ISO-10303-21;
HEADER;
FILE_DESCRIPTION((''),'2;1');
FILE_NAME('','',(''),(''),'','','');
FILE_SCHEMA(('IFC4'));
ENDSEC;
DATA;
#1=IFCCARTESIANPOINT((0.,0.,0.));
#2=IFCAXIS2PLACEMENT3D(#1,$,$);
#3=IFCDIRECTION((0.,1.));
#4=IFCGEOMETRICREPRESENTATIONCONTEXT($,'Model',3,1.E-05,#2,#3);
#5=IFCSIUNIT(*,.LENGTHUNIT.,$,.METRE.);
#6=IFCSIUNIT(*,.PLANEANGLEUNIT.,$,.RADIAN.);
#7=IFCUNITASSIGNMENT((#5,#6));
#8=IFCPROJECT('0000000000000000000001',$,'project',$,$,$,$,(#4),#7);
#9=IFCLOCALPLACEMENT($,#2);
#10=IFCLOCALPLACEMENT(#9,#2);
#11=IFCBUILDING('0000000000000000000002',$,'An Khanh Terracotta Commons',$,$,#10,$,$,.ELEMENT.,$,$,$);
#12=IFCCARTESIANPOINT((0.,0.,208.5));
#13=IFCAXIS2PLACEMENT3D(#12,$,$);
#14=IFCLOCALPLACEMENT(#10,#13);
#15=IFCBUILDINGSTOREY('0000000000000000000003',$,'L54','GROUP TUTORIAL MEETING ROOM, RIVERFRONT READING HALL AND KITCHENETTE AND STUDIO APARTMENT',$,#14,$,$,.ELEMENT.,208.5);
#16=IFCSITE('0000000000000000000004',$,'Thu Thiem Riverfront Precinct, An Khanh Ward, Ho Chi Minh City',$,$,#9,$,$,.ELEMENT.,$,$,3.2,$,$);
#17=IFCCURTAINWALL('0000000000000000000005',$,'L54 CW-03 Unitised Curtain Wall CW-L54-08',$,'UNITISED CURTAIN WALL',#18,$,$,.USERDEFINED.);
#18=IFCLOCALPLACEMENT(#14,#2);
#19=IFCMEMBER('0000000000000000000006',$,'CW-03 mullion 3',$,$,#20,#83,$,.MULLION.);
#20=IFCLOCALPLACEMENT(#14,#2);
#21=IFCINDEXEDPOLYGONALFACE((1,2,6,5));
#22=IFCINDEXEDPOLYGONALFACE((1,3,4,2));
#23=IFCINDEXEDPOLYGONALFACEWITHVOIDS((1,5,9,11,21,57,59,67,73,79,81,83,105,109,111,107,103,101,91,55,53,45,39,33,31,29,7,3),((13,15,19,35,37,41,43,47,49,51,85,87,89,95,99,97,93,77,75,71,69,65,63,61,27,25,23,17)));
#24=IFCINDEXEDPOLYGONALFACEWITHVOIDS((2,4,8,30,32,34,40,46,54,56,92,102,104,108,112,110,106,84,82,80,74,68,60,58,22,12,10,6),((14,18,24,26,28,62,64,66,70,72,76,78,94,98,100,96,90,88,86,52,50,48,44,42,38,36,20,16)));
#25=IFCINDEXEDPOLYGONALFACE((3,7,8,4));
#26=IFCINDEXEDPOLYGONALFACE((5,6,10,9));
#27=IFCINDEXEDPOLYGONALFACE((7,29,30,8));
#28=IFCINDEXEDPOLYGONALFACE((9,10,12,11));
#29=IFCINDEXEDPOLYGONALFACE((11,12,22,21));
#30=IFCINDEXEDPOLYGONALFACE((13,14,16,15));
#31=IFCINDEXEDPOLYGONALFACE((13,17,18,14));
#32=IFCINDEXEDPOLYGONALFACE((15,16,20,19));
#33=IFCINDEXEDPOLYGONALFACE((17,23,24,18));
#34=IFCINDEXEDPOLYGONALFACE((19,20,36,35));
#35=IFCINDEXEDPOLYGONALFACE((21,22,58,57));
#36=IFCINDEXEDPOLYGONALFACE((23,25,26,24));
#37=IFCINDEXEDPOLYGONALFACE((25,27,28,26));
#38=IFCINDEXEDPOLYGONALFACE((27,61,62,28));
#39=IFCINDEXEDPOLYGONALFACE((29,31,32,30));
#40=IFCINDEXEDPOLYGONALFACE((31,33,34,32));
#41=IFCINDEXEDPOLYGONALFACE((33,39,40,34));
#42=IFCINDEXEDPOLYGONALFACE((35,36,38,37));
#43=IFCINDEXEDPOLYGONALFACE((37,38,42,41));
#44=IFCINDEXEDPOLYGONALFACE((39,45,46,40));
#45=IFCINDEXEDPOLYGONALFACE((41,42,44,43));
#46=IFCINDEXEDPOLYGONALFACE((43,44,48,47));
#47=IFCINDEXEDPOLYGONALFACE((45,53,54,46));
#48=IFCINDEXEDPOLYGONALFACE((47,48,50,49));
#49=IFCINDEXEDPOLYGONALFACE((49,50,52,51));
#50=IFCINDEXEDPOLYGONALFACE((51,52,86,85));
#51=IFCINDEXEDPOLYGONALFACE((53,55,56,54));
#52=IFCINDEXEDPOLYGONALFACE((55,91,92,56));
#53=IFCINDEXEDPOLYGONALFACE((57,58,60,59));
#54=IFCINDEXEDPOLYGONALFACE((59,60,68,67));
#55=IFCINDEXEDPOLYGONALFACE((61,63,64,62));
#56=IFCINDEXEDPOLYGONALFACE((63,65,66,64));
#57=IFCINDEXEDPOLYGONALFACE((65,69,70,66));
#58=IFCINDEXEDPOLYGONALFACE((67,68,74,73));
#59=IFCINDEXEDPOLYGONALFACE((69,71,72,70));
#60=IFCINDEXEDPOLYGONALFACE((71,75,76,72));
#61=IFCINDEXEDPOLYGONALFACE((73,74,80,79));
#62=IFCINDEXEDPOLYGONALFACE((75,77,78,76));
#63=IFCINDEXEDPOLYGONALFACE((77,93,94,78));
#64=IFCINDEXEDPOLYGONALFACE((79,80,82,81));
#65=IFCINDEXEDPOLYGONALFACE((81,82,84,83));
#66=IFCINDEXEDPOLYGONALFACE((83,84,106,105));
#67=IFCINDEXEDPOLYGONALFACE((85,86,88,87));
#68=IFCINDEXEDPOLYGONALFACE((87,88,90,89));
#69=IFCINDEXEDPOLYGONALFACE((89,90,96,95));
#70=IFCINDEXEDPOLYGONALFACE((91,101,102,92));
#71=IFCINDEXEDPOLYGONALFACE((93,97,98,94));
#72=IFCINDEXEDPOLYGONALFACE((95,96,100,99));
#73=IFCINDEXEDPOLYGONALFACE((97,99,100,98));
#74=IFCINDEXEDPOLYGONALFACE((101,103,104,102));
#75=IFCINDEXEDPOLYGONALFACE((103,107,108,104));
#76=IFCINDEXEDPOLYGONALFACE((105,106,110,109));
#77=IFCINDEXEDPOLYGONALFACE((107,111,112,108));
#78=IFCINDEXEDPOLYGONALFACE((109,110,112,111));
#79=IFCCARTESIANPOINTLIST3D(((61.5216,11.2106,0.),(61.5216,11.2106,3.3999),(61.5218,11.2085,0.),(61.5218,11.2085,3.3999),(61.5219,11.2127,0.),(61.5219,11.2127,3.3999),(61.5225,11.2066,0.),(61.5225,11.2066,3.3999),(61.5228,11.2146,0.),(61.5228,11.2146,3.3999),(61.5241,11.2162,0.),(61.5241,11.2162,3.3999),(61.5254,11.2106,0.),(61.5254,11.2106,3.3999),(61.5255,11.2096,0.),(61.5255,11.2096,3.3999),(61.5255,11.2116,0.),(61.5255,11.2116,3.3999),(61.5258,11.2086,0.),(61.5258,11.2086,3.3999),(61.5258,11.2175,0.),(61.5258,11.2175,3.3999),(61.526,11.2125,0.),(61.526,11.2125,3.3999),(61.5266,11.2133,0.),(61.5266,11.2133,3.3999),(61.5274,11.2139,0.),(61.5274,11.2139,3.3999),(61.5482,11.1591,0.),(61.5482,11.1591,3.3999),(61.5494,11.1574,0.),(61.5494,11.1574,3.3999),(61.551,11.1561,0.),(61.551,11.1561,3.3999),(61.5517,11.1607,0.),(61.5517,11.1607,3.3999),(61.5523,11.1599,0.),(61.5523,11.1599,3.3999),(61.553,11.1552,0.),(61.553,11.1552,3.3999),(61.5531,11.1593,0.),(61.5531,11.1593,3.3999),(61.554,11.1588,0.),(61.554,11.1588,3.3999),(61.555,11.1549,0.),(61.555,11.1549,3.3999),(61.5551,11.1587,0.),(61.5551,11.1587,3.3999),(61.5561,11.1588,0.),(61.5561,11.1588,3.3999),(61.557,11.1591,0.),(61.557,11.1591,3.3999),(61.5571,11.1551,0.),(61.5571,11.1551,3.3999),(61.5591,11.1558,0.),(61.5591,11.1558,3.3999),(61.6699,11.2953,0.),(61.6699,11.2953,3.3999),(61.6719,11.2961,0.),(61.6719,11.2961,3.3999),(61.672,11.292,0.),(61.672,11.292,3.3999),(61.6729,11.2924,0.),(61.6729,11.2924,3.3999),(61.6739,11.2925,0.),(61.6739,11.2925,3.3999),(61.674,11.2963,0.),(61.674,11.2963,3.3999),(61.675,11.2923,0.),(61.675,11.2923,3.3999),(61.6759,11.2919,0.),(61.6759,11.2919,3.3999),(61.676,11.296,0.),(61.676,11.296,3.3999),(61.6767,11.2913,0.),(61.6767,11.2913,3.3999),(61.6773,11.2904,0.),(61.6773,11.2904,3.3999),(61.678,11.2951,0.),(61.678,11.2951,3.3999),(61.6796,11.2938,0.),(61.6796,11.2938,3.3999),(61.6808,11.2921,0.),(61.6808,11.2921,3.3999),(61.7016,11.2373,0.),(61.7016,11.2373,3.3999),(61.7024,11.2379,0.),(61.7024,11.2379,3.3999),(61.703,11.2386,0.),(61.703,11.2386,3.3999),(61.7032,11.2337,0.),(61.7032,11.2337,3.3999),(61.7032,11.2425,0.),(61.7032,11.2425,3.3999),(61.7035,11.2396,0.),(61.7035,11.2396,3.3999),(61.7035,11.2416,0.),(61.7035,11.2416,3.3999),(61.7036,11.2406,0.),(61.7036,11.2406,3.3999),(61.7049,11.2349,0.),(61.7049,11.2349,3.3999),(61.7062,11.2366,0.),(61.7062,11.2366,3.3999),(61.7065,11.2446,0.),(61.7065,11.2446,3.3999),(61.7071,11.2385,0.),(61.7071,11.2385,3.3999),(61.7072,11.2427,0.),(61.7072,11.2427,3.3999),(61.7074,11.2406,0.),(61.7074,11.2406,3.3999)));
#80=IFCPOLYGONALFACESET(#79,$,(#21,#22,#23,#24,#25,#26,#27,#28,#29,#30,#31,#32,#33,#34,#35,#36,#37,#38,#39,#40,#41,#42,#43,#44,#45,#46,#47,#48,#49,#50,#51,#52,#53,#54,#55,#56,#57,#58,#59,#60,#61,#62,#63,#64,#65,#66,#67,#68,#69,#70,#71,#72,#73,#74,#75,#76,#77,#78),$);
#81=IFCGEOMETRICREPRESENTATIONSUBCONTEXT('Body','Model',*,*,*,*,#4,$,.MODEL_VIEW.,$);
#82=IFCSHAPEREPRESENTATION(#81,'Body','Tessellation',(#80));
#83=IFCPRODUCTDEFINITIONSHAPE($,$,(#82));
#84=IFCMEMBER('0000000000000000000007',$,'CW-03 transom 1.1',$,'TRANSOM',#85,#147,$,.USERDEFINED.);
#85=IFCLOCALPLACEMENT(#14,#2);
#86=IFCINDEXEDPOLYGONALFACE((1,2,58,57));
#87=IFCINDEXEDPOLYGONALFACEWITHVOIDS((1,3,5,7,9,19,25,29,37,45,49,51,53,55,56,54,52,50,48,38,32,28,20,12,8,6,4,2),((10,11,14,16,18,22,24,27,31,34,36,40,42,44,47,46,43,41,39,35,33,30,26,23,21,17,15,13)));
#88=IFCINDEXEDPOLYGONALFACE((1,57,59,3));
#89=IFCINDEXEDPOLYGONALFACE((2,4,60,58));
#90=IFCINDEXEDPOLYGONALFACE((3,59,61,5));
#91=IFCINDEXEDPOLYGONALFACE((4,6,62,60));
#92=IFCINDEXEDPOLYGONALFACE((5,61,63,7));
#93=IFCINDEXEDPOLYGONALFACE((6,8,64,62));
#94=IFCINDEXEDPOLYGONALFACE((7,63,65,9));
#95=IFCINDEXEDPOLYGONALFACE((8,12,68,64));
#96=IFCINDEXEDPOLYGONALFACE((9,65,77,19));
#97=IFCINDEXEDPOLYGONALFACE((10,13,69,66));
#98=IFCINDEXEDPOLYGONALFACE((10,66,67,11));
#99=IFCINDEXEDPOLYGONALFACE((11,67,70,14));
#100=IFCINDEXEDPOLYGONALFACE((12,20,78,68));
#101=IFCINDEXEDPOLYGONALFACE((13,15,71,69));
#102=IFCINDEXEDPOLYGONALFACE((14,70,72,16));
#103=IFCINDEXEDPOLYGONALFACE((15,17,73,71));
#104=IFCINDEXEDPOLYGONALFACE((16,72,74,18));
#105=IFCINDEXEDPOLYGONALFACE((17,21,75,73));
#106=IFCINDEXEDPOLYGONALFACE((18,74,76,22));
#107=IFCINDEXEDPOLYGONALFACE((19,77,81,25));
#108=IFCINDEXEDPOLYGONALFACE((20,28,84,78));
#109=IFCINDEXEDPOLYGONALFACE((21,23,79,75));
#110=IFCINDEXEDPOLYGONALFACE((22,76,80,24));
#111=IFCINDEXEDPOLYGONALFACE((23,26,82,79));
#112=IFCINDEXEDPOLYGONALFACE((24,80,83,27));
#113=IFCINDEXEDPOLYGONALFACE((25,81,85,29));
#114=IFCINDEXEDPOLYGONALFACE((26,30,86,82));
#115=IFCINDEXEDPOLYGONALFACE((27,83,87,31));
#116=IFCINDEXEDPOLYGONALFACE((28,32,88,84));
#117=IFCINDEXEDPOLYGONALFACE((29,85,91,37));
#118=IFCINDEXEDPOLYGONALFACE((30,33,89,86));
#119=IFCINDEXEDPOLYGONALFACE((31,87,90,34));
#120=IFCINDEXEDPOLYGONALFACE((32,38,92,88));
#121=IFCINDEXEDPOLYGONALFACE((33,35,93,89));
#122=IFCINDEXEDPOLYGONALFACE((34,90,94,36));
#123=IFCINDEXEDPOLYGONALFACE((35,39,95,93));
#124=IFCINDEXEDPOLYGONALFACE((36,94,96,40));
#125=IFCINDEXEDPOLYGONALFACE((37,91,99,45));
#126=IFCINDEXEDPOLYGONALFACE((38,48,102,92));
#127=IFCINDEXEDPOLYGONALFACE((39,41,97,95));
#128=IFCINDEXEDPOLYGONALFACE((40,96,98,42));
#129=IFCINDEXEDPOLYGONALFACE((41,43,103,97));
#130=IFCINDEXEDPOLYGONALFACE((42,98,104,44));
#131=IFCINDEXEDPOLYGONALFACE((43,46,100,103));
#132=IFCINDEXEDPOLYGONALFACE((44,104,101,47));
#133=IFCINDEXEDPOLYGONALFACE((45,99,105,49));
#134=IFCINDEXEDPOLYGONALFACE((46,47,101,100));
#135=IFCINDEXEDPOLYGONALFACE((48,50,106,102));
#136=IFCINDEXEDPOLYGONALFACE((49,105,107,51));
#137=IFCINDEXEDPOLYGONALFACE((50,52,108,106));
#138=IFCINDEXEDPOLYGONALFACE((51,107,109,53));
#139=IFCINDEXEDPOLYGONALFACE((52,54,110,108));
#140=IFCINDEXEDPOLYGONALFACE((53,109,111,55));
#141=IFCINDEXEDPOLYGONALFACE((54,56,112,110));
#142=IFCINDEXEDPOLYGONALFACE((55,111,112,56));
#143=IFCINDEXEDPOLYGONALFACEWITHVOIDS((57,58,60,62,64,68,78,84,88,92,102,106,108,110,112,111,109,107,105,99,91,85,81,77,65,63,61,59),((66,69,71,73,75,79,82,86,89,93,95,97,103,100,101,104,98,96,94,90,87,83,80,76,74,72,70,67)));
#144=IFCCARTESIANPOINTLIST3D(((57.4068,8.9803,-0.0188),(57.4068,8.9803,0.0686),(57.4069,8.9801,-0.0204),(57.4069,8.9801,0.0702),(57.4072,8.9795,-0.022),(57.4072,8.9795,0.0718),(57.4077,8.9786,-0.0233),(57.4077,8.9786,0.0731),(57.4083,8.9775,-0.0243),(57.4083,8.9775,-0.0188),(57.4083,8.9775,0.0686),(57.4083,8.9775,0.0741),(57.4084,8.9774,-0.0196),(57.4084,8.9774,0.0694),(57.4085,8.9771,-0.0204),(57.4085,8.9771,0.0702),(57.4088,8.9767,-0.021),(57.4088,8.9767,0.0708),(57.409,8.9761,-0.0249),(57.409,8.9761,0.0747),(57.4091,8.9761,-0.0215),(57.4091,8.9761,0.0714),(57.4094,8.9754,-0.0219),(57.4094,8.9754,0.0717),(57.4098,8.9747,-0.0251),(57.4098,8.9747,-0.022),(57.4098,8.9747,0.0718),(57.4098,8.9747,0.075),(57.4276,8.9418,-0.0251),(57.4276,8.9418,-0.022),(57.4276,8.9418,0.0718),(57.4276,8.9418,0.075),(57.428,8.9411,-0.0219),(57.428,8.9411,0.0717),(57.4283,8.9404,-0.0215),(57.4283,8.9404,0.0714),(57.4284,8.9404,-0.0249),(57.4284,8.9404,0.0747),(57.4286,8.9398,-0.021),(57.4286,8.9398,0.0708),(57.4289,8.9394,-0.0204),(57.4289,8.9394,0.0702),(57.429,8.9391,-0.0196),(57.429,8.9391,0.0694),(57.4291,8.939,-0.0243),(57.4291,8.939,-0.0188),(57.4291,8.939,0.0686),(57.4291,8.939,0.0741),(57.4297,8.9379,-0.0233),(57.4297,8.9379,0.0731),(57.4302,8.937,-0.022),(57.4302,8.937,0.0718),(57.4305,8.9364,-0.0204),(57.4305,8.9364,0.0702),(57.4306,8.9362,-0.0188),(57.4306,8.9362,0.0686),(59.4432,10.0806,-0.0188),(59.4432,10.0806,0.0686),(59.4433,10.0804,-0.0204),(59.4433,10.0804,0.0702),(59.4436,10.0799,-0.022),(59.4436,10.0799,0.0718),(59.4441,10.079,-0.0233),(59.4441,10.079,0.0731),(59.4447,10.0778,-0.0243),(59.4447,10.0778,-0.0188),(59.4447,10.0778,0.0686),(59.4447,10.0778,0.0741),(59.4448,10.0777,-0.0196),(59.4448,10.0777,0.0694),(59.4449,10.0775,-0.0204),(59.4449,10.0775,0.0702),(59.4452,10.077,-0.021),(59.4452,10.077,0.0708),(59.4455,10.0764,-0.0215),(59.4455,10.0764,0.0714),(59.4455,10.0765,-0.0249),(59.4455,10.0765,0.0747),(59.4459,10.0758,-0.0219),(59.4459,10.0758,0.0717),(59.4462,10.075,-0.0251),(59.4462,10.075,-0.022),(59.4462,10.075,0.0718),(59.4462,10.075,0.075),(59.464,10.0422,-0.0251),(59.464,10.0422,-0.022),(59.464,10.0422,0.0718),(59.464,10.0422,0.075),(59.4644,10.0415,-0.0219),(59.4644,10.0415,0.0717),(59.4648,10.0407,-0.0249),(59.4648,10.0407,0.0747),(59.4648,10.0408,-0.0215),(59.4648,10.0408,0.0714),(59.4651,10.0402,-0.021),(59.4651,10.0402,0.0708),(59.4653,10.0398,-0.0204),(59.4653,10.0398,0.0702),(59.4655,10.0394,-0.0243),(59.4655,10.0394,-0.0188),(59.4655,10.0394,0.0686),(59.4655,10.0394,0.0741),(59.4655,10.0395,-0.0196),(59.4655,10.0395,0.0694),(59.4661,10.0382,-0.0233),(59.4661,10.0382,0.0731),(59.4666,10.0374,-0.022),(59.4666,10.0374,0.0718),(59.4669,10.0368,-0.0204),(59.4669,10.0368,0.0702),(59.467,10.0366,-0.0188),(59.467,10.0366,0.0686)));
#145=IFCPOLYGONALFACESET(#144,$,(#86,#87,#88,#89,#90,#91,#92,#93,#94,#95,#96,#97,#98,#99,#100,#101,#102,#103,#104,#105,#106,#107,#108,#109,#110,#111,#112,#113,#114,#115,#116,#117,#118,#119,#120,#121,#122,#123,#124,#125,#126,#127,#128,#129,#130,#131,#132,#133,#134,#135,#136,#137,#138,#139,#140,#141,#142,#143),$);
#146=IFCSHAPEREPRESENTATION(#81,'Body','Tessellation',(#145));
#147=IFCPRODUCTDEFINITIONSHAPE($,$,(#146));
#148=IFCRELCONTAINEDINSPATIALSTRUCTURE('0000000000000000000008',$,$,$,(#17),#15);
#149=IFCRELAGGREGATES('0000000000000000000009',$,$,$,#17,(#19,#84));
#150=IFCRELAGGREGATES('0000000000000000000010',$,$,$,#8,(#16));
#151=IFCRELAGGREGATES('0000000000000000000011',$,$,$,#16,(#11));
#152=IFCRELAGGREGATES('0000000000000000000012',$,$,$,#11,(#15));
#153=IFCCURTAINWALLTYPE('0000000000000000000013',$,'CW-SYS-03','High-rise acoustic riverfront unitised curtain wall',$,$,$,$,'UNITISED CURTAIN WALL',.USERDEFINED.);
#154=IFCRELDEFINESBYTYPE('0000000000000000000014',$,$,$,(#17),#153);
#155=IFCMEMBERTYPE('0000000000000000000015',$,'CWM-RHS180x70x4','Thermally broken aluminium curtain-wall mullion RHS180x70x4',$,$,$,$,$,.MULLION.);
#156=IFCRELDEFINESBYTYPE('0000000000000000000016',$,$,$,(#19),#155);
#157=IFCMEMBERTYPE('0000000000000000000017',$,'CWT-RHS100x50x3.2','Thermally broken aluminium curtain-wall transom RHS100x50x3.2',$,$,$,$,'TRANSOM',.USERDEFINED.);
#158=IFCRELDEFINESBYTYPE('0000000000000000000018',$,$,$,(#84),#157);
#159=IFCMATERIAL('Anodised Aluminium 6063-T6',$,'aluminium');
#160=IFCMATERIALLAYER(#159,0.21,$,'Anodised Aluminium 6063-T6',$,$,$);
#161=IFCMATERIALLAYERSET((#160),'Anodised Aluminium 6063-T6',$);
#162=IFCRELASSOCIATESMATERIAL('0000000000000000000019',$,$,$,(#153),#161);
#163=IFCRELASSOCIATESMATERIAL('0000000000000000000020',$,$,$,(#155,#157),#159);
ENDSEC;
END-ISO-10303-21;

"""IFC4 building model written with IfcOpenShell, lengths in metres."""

from ifc_helpers import new_model, si_unit, direction, frame, origin, origin_2d, place, context, subcontext, project, spatial, hollow_rectangle, extrude, material, layer, layer_set, material_profile, profile_set, type_object, element, aggregate, save


model = new_model("IFC4")

# Units and contexts
model_context = context("Model", 3, precision=1e-05, world=origin(), true_north=direction((0.0, 1.0)))
body_context = subcontext(model_context, "Body", "Model", "MODEL_VIEW")
ifc_project = project(units=[si_unit("LENGTHUNIT", "METRE"), si_unit("PLANEANGLEUNIT", "RADIAN")], contexts=[model_context])

# Site, building, storey
site_placement = place(None, origin())
site = spatial("IfcSite", under=ifc_project, at=site_placement, Name="Thu Thiem Riverfront Precinct, An Khanh Ward, Ho Chi Minh City", CompositionType="ELEMENT", RefElevation=3.2)
building_placement = place(site_placement, origin())
building = spatial("IfcBuilding", under=site, at=building_placement, Name="An Khanh Terracotta Commons", CompositionType="ELEMENT")
storey_placement = place(building_placement, frame((0.0, 0.0, 208.5)))
storey = spatial("IfcBuildingStorey", under=building, at=storey_placement, Name="L54", Description="GROUP TUTORIAL MEETING ROOM, RIVERFRONT READING HALL AND KITCHENETTE AND STUDIO APARTMENT", CompositionType="ELEMENT", Elevation=208.5)

# Curtain wall, members
ifc_material_1 = material(Name="Anodised Aluminium 6063-T6", Category="aluminium")
ifc_layer_1 = layer(ifc_material_1, 0.21, Name="Anodised Aluminium 6063-T6")
ifc_layer_set_1 = layer_set([ifc_layer_1], Name="Anodised Aluminium 6063-T6")
curtain_wall_type = type_object("IfcCurtainWallType", Name="CW-SYS-03", Description="High-rise acoustic riverfront unitised curtain wall", ElementType="UNITISED CURTAIN WALL", PredefinedType="USERDEFINED", material=ifc_layer_set_1)
curtain_wall_placement = place(storey_placement, origin())
curtain_wall = element("IfcCurtainWall", 1, at=curtain_wall_placement, inside=storey, type_object=curtain_wall_type, Name="L54 CW-03 Unitised Curtain Wall CW-L54-08", ObjectType="UNITISED CURTAIN WALL", PredefinedType="USERDEFINED")
ifc_material_profile_1 = material_profile(ifc_material_1, hollow_rectangle(XDim=0.0701, YDim=0.1799, WallThickness=0.0039, InnerFilletRadius=0.0039, OuterFilletRadius=0.0081, at=origin_2d()), Name="RHS180x70x4")
ifc_profile_set_1 = profile_set([ifc_material_profile_1], Name="Anodised Aluminium 6063-T6")
member_type_1 = type_object("IfcMemberType", Name="CWM-RHS180x70x4", Description="Thermally broken aluminium curtain-wall mullion RHS180x70x4", PredefinedType="MULLION", material=ifc_profile_set_1)
member_1_placement = place(storey_placement, frame((61.6145, 11.2256, 0.0), z_axis=(0.0, 0.0, 1.0), x_axis=(-0.475381, 0.87978, 0.0)))
member_1 = element("IfcMember", 2, at=member_1_placement, type_object=member_type_1, Name="CW-03 mullion 3", PredefinedType="MULLION", context=body_context, shape_type="SweptSolid", body=[
    extrude(hollow_rectangle(XDim=0.0701, YDim=0.1799, WallThickness=0.0039, InnerFilletRadius=0.0039, OuterFilletRadius=0.0081, at=origin_2d()), origin(), (0.0, 0.0, 1.0), 3.3999),
])
ifc_material_profile_2 = material_profile(ifc_material_1, hollow_rectangle(XDim=0.05, YDim=0.1001, WallThickness=0.0032, InnerFilletRadius=0.0032, OuterFilletRadius=0.0063, at=origin_2d()), Name="RHS100x50x3.2")
ifc_profile_set_2 = profile_set([ifc_material_profile_2], Name="Anodised Aluminium 6063-T6")
member_type_2 = type_object("IfcMemberType", Name="CWT-RHS100x50x3.2", Description="Thermally broken aluminium curtain-wall transom RHS100x50x3.2", ElementType="TRANSOM", PredefinedType="USERDEFINED", material=ifc_profile_set_2)
member_2_placement = place(storey_placement, frame((57.4187, 8.9583, 0.0249), z_axis=(0.879779, 0.475382, 0.0), x_axis=(-0.475382, 0.879779, 0.0)))
member_2 = element("IfcMember", 3, at=member_2_placement, type_object=member_type_2, Name="CW-03 transom 1.1", ObjectType="TRANSOM", PredefinedType="USERDEFINED", context=body_context, shape_type="SweptSolid", body=[
    extrude(hollow_rectangle(XDim=0.05, YDim=0.1001, WallThickness=0.0032, InnerFilletRadius=0.0032, OuterFilletRadius=0.0063, at=origin_2d()), origin(), (0.0, 0.0, 1.0), 2.3147),
])
aggregate(curtain_wall, [member_1, member_2])

save(model, "model.ifc")
